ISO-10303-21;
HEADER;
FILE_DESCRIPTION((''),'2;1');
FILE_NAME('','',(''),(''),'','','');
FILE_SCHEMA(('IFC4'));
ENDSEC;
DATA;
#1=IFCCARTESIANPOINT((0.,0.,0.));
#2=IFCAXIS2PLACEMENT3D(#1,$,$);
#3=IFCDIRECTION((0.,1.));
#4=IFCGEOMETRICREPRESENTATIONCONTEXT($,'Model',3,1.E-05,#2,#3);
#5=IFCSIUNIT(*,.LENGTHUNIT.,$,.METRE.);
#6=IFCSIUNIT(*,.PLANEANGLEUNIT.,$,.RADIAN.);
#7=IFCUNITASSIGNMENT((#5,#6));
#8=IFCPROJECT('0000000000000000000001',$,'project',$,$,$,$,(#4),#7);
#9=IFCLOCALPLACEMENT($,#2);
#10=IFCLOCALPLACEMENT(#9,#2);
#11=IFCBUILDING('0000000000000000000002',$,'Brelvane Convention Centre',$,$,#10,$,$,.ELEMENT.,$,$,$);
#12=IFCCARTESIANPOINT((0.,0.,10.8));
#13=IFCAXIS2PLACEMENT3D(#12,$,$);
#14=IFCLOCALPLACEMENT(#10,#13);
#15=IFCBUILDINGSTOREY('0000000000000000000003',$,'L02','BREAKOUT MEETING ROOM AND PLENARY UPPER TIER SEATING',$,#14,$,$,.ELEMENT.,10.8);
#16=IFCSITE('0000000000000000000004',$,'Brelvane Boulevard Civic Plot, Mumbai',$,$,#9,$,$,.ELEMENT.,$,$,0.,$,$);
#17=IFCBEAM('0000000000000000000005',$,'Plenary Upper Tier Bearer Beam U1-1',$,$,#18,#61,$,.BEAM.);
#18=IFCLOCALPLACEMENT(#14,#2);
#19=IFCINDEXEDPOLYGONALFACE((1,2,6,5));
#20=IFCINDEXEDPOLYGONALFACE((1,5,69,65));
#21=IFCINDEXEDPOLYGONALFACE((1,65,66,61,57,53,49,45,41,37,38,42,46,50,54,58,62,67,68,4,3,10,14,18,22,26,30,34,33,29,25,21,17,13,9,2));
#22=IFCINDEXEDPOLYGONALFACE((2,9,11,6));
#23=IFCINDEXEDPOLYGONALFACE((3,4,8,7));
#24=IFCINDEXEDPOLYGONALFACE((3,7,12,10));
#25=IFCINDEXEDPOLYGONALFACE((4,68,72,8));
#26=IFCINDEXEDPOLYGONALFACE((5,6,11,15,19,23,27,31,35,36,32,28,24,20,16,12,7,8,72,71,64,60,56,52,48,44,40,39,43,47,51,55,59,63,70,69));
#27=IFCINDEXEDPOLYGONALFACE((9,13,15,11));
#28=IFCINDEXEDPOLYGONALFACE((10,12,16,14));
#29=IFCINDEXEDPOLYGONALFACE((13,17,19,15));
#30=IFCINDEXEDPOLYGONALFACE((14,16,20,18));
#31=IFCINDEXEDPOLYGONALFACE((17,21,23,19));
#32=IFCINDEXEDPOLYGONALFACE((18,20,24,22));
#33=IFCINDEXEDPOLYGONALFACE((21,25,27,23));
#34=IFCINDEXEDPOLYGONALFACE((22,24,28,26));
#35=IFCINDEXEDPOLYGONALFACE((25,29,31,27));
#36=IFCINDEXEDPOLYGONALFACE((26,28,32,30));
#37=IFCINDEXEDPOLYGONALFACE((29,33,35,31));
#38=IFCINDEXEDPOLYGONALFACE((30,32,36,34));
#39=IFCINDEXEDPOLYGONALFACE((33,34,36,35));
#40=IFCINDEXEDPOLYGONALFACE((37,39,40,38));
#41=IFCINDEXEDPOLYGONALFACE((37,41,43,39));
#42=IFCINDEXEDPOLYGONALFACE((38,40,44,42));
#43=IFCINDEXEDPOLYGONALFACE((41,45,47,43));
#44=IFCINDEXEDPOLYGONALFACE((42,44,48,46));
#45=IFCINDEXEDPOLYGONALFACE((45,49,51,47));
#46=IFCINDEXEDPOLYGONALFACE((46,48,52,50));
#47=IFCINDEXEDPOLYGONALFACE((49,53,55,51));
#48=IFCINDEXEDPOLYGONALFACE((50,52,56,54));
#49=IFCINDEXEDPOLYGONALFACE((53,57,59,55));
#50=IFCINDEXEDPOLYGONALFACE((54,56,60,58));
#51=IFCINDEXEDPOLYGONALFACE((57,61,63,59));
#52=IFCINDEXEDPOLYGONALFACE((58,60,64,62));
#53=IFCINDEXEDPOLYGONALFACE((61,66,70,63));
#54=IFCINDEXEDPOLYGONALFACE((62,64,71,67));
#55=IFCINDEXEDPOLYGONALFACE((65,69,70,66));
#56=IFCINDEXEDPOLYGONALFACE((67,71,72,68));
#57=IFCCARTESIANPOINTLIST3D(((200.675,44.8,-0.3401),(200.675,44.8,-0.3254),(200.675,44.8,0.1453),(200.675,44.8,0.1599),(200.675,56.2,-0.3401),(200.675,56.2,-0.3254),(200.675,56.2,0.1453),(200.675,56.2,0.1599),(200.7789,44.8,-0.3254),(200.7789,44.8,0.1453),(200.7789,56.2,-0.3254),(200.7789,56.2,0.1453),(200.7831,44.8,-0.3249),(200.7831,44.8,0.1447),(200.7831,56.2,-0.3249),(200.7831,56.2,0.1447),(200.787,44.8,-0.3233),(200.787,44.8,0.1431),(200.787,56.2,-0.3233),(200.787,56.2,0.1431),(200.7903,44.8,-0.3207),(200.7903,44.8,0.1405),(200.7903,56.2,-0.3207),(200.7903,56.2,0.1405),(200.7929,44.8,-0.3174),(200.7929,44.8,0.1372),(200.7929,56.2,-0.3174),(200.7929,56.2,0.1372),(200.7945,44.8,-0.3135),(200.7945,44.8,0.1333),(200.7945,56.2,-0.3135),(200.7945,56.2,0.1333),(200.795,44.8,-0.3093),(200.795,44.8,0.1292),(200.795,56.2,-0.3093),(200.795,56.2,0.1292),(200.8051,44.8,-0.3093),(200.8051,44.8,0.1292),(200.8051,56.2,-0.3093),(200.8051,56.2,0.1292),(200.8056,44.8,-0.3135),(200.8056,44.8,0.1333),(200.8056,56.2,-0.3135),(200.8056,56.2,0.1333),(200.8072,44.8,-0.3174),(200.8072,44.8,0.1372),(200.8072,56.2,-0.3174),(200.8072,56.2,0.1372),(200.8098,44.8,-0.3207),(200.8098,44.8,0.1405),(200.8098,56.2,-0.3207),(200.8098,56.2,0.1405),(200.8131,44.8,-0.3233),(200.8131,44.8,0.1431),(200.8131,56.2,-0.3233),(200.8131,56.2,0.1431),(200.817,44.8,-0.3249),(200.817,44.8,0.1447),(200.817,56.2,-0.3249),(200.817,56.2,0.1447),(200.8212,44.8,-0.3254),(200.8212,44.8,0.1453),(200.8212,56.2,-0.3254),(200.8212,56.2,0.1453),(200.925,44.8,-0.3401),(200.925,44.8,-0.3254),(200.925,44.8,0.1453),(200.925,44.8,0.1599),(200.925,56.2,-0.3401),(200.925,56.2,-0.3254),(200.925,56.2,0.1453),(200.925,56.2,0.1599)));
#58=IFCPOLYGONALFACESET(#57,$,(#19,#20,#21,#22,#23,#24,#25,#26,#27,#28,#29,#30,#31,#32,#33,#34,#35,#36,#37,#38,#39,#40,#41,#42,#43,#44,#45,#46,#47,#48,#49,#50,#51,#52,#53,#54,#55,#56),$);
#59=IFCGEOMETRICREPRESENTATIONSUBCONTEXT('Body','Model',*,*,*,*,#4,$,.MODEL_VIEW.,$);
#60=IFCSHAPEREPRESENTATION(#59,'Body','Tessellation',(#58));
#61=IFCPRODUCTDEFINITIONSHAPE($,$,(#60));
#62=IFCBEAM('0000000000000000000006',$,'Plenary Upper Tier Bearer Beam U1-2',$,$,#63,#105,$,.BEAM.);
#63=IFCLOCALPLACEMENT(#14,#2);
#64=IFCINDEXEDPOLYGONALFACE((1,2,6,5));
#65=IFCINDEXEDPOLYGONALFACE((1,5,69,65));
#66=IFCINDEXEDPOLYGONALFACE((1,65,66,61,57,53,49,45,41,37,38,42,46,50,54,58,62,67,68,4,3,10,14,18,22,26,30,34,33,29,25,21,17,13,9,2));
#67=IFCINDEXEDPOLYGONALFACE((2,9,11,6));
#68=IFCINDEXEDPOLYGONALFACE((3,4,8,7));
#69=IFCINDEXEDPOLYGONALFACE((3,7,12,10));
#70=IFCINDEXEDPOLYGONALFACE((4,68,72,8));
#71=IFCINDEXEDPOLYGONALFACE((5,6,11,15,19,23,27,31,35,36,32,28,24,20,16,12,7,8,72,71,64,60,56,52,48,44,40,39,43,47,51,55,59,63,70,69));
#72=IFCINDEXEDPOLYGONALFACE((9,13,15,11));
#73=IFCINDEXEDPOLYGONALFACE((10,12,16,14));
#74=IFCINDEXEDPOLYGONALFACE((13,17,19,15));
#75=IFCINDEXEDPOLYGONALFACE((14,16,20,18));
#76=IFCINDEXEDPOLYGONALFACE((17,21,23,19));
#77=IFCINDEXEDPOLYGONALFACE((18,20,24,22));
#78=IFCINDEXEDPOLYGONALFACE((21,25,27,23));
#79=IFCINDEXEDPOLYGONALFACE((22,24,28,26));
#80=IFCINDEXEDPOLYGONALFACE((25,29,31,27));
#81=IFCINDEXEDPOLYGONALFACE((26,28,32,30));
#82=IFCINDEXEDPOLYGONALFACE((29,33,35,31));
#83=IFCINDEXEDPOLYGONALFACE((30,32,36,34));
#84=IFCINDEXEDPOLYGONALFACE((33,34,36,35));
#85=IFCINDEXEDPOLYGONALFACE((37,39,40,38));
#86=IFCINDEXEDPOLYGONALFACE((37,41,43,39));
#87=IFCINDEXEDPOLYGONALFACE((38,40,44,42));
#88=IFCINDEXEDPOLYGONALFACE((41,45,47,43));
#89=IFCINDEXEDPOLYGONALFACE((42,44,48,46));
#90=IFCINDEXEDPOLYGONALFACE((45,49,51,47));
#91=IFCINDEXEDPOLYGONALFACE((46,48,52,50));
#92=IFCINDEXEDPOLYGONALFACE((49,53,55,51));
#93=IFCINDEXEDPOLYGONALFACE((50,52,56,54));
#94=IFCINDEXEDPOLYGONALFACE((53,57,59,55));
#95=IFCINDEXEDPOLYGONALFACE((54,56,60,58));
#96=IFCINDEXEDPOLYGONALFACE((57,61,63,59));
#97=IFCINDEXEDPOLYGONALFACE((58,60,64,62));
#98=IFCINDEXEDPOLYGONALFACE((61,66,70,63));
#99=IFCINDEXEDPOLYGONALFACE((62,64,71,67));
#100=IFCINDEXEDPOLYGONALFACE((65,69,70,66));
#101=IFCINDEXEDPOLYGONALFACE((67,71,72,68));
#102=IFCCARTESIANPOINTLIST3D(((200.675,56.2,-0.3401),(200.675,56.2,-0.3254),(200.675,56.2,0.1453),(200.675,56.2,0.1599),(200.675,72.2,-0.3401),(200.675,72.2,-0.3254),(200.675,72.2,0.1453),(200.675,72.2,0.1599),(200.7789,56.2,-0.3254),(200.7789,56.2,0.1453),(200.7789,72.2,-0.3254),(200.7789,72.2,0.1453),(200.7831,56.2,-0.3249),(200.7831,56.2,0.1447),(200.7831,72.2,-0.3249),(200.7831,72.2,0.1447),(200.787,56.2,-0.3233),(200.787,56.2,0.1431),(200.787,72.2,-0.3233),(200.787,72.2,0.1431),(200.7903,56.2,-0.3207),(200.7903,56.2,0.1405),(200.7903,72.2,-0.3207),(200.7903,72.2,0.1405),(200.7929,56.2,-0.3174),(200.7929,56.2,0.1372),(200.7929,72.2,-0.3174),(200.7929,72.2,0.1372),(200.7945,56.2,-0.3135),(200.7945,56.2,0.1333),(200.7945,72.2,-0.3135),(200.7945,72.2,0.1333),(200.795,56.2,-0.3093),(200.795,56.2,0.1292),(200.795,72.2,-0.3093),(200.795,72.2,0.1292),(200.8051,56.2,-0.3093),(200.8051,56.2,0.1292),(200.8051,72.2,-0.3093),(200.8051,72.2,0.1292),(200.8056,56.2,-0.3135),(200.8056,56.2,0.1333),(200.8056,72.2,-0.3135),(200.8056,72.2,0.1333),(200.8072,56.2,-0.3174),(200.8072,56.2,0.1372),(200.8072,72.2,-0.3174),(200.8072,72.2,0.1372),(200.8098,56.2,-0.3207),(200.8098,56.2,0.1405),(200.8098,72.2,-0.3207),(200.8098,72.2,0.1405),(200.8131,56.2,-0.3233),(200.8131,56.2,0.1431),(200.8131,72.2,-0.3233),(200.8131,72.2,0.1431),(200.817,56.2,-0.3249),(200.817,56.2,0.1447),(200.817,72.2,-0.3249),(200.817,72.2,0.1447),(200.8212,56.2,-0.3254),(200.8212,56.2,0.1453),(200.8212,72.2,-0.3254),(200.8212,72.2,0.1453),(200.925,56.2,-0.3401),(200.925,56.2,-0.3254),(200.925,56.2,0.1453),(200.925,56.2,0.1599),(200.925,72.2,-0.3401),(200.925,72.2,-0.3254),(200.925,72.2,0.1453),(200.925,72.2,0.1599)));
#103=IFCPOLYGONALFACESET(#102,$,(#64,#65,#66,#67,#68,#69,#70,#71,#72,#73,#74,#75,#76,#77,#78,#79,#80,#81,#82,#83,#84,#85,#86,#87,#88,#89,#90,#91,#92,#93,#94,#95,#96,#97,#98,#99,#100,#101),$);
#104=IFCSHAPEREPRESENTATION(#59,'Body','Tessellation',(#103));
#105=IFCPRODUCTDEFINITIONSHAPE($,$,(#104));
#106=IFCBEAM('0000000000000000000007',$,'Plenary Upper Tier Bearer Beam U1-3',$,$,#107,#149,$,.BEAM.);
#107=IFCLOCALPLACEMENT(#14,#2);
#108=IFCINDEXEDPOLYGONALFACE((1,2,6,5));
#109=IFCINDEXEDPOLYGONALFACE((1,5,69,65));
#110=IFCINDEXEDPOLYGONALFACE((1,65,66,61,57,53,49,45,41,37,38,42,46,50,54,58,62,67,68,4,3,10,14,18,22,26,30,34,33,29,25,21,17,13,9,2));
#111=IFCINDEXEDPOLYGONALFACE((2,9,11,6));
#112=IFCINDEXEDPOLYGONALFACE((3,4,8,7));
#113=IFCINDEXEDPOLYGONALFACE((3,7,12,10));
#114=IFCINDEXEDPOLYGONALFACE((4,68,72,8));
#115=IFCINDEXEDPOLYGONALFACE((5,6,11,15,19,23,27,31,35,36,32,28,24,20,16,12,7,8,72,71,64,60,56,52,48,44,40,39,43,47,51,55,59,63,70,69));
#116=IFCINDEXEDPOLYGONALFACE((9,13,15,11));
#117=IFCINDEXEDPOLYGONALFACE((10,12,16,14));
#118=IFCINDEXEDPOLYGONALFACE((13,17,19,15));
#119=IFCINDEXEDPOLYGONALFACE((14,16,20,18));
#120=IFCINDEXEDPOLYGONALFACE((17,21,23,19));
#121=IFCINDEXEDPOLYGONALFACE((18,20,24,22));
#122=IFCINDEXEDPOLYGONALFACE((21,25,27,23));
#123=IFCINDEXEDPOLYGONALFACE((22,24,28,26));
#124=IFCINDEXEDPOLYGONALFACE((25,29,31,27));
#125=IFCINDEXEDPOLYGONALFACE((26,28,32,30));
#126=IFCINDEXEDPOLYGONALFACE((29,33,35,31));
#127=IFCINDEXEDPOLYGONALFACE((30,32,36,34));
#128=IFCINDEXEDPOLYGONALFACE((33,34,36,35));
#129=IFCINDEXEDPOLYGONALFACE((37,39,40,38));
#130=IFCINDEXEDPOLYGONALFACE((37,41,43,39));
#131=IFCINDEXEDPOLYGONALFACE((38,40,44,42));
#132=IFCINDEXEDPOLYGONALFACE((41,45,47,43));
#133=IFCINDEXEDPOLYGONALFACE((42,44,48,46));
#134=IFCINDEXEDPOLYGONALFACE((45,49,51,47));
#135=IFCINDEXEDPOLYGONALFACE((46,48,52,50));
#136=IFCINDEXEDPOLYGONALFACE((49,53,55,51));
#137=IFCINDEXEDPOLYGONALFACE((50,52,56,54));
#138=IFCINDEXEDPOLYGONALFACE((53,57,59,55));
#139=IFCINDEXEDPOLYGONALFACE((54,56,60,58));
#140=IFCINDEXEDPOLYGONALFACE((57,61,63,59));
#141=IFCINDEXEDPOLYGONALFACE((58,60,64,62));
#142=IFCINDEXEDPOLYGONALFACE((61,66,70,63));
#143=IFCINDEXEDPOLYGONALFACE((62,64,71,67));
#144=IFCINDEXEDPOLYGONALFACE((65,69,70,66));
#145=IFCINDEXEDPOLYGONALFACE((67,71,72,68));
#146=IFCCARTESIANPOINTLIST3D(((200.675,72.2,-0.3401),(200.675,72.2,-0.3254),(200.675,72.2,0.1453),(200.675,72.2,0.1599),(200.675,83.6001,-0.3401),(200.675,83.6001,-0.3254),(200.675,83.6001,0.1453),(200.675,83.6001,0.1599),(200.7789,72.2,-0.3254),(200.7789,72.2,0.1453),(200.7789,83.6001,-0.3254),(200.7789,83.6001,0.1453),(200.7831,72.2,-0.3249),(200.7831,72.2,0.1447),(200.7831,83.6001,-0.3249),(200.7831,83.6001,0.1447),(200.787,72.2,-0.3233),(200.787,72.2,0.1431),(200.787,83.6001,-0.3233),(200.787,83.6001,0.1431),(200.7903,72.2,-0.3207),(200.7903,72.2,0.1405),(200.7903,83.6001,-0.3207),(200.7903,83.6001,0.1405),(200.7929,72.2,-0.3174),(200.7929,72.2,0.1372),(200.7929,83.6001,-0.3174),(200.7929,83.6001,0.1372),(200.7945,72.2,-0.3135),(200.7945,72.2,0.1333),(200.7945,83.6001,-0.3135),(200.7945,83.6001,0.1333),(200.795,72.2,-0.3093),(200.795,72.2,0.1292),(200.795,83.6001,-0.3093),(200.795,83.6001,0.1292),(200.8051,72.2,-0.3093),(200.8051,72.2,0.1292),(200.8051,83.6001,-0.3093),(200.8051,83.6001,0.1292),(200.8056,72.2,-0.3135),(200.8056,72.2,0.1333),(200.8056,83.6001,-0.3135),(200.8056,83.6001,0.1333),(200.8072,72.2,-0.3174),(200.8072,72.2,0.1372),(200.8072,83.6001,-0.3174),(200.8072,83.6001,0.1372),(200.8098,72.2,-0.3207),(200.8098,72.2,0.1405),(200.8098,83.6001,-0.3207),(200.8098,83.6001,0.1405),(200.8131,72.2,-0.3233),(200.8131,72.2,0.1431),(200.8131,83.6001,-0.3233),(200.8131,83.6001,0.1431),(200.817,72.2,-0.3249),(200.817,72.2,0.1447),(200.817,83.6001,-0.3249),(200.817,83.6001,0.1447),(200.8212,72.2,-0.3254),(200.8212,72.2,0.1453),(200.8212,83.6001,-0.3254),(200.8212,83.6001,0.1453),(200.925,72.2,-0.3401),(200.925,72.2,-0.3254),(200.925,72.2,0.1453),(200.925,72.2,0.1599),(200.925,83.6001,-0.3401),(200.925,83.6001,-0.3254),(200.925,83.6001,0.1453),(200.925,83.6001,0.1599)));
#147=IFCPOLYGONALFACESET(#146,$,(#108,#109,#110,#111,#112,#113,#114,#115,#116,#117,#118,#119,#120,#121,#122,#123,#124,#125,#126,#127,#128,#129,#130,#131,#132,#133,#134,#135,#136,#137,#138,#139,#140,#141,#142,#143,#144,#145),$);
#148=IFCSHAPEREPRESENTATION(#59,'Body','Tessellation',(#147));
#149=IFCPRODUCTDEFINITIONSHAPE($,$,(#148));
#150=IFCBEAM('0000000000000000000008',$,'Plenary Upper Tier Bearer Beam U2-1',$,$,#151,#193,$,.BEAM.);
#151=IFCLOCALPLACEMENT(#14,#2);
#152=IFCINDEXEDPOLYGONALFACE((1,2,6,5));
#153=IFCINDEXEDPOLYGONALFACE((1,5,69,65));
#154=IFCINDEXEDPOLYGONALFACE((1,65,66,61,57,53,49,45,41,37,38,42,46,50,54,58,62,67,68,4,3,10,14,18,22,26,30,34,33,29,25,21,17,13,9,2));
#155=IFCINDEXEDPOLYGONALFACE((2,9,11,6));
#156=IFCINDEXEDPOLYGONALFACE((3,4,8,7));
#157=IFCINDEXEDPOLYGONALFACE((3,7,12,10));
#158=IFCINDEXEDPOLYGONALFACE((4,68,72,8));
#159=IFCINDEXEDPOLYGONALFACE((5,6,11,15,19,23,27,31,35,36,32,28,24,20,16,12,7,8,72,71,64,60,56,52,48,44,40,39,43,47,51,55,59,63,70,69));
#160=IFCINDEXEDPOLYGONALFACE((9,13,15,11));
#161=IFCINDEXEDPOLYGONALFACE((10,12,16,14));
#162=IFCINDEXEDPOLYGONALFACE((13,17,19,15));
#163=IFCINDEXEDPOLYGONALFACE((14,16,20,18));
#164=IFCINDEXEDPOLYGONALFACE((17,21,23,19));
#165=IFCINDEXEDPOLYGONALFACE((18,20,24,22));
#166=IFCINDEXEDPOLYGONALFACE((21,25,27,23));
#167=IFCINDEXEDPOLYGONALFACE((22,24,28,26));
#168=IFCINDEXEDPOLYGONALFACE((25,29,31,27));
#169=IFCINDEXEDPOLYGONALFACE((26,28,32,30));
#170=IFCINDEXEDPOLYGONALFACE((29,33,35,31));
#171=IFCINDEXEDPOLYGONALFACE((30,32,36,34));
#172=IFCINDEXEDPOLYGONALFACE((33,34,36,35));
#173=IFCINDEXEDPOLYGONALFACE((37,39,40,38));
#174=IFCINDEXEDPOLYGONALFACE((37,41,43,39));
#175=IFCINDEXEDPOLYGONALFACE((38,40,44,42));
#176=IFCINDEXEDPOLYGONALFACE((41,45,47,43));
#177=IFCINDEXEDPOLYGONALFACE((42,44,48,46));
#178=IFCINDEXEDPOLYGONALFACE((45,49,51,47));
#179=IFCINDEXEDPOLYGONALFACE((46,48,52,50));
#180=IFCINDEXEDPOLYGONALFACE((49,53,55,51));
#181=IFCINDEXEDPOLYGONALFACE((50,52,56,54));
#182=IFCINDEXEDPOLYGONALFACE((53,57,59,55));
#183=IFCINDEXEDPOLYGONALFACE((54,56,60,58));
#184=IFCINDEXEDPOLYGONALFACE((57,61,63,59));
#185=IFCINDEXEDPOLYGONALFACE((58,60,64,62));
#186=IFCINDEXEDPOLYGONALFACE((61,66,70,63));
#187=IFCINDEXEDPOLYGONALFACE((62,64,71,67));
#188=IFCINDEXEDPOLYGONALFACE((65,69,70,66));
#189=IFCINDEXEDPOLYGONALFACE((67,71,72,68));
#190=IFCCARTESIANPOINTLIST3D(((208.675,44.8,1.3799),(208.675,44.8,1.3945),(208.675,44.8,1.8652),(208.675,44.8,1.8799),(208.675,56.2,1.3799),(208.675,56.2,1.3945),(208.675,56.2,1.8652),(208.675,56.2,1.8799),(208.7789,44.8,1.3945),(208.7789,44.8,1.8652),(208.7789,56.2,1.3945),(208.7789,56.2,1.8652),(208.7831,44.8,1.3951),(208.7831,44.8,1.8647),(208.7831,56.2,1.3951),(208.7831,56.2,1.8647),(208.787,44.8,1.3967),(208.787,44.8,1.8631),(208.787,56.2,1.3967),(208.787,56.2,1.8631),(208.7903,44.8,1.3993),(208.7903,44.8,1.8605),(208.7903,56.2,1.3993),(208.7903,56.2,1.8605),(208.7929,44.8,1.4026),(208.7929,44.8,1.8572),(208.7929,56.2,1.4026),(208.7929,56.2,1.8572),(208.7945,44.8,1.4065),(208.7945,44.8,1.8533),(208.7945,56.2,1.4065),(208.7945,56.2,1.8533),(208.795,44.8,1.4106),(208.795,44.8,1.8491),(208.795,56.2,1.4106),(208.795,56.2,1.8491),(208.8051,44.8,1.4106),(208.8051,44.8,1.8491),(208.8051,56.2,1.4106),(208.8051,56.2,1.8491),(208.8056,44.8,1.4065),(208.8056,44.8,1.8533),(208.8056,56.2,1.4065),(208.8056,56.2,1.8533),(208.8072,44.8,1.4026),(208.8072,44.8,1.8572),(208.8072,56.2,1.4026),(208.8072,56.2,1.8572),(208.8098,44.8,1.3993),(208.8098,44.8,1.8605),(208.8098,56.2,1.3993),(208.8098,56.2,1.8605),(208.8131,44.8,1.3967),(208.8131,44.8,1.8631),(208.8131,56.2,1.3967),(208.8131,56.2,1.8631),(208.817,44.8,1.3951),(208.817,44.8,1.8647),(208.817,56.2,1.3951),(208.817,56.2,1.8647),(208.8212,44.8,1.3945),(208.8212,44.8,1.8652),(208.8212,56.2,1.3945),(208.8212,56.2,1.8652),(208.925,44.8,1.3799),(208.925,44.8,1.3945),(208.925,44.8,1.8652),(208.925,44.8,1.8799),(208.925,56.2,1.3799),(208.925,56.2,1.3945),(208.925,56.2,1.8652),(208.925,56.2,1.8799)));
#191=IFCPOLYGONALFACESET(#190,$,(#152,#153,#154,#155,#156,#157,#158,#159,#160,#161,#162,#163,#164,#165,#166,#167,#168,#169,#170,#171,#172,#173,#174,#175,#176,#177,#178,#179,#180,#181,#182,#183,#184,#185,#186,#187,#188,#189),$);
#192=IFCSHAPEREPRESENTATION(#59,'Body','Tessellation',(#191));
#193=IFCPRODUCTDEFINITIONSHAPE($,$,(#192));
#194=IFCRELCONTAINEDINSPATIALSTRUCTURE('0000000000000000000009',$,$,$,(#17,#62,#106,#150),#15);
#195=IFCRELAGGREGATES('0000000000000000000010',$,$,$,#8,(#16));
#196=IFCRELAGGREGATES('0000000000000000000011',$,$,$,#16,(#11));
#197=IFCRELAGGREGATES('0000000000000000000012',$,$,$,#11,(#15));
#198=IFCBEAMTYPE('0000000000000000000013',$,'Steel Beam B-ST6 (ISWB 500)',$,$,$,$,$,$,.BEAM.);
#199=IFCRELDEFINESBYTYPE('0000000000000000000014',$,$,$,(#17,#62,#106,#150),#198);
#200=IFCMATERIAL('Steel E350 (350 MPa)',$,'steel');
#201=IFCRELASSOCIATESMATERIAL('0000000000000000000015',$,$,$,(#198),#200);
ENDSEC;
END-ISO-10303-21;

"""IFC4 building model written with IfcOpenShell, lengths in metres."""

from ifc_helpers import new_model, si_unit, direction, frame, origin, origin_2d, place, context, subcontext, project, spatial, i_section, extrude, material, material_profile, profile_set, type_object, element, save


model = new_model("IFC4")

# Units and contexts
model_context = context("Model", 3, precision=1e-05, world=origin(), true_north=direction((0.0, 1.0)))
body_context = subcontext(model_context, "Body", "Model", "MODEL_VIEW")
ifc_project = project(units=[si_unit("LENGTHUNIT", "METRE"), si_unit("PLANEANGLEUNIT", "RADIAN")], contexts=[model_context])

# Site, building, storey
site_placement = place(None, origin())
site = spatial("IfcSite", under=ifc_project, at=site_placement, Name="Brelvane Boulevard Civic Plot, Mumbai", CompositionType="ELEMENT", RefElevation=0.0)
building_placement = place(site_placement, origin())
building = spatial("IfcBuilding", under=site, at=building_placement, Name="Brelvane Convention Centre", CompositionType="ELEMENT")
storey_placement = place(building_placement, frame((0.0, 0.0, 10.8)))
storey = spatial("IfcBuildingStorey", under=building, at=storey_placement, Name="L02", Description="BREAKOUT MEETING ROOM AND PLENARY UPPER TIER SEATING", CompositionType="ELEMENT", Elevation=10.8)

# Beams
ifc_material_1 = material(Name="Steel E350 (350 MPa)", Category="steel")
ifc_material_profile_1 = material_profile(ifc_material_1, i_section(OverallWidth=0.25, OverallDepth=0.5, WebThickness=0.01, FlangeThickness=0.0146, FilletRadius=0.0161, at=origin_2d()), Name="ISWB 500")
ifc_profile_set_1 = profile_set([ifc_material_profile_1], Name="Steel E350 (350 MPa)")
beam_type_1 = type_object("IfcBeamType", Name="Steel Beam B-ST6 (ISWB 500)", PredefinedType="BEAM", material=ifc_profile_set_1)
beam_1_placement = place(storey_placement, frame((200.8, 44.8, -0.0901), z_axis=(0.0, 1.0, 0.0), x_axis=(-1.0, 0.0, 0.0)))
element("IfcBeam", 1, at=beam_1_placement, inside=storey, type_object=beam_type_1, Name="Plenary Upper Tier Bearer Beam U1-1", PredefinedType="BEAM", context=body_context, shape_type="SweptSolid", body=[
    extrude(i_section(OverallWidth=0.25, OverallDepth=0.5, WebThickness=0.01, FlangeThickness=0.0146, FilletRadius=0.0161, at=origin_2d()), origin(), (0.0, 0.0, 1.0), 11.3999),
])
beam_2_placement = place(storey_placement, frame((200.8, 56.2, -0.0901), z_axis=(0.0, 1.0, 0.0), x_axis=(-1.0, 0.0, 0.0)))
element("IfcBeam", 2, at=beam_2_placement, inside=storey, type_object=beam_type_1, Name="Plenary Upper Tier Bearer Beam U1-2", PredefinedType="BEAM", context=body_context, shape_type="SweptSolid", body=[
    extrude(i_section(OverallWidth=0.25, OverallDepth=0.5, WebThickness=0.01, FlangeThickness=0.0146, FilletRadius=0.0161, at=origin_2d()), origin(), (0.0, 0.0, 1.0), 16.0),
])
beam_3_placement = place(storey_placement, frame((200.8, 72.2, -0.0901), z_axis=(0.0, 1.0, 0.0), x_axis=(-1.0, 0.0, 0.0)))
element("IfcBeam", 3, at=beam_3_placement, inside=storey, type_object=beam_type_1, Name="Plenary Upper Tier Bearer Beam U1-3", PredefinedType="BEAM", context=body_context, shape_type="SweptSolid", body=[
    extrude(i_section(OverallWidth=0.25, OverallDepth=0.5, WebThickness=0.01, FlangeThickness=0.0146, FilletRadius=0.0161, at=origin_2d()), origin(), (0.0, 0.0, 1.0), 11.4001),
])
beam_4_placement = place(storey_placement, frame((208.8, 44.8, 1.6299), z_axis=(0.0, 1.0, 0.0), x_axis=(-1.0, 0.0, 0.0)))
element("IfcBeam", 4, at=beam_4_placement, inside=storey, type_object=beam_type_1, Name="Plenary Upper Tier Bearer Beam U2-1", PredefinedType="BEAM", context=body_context, shape_type="SweptSolid", body=[
    extrude(i_section(OverallWidth=0.25, OverallDepth=0.5, WebThickness=0.01, FlangeThickness=0.0146, FilletRadius=0.0161, at=origin_2d()), origin(), (0.0, 0.0, 1.0), 11.3999),
])

save(model, "model.ifc")
